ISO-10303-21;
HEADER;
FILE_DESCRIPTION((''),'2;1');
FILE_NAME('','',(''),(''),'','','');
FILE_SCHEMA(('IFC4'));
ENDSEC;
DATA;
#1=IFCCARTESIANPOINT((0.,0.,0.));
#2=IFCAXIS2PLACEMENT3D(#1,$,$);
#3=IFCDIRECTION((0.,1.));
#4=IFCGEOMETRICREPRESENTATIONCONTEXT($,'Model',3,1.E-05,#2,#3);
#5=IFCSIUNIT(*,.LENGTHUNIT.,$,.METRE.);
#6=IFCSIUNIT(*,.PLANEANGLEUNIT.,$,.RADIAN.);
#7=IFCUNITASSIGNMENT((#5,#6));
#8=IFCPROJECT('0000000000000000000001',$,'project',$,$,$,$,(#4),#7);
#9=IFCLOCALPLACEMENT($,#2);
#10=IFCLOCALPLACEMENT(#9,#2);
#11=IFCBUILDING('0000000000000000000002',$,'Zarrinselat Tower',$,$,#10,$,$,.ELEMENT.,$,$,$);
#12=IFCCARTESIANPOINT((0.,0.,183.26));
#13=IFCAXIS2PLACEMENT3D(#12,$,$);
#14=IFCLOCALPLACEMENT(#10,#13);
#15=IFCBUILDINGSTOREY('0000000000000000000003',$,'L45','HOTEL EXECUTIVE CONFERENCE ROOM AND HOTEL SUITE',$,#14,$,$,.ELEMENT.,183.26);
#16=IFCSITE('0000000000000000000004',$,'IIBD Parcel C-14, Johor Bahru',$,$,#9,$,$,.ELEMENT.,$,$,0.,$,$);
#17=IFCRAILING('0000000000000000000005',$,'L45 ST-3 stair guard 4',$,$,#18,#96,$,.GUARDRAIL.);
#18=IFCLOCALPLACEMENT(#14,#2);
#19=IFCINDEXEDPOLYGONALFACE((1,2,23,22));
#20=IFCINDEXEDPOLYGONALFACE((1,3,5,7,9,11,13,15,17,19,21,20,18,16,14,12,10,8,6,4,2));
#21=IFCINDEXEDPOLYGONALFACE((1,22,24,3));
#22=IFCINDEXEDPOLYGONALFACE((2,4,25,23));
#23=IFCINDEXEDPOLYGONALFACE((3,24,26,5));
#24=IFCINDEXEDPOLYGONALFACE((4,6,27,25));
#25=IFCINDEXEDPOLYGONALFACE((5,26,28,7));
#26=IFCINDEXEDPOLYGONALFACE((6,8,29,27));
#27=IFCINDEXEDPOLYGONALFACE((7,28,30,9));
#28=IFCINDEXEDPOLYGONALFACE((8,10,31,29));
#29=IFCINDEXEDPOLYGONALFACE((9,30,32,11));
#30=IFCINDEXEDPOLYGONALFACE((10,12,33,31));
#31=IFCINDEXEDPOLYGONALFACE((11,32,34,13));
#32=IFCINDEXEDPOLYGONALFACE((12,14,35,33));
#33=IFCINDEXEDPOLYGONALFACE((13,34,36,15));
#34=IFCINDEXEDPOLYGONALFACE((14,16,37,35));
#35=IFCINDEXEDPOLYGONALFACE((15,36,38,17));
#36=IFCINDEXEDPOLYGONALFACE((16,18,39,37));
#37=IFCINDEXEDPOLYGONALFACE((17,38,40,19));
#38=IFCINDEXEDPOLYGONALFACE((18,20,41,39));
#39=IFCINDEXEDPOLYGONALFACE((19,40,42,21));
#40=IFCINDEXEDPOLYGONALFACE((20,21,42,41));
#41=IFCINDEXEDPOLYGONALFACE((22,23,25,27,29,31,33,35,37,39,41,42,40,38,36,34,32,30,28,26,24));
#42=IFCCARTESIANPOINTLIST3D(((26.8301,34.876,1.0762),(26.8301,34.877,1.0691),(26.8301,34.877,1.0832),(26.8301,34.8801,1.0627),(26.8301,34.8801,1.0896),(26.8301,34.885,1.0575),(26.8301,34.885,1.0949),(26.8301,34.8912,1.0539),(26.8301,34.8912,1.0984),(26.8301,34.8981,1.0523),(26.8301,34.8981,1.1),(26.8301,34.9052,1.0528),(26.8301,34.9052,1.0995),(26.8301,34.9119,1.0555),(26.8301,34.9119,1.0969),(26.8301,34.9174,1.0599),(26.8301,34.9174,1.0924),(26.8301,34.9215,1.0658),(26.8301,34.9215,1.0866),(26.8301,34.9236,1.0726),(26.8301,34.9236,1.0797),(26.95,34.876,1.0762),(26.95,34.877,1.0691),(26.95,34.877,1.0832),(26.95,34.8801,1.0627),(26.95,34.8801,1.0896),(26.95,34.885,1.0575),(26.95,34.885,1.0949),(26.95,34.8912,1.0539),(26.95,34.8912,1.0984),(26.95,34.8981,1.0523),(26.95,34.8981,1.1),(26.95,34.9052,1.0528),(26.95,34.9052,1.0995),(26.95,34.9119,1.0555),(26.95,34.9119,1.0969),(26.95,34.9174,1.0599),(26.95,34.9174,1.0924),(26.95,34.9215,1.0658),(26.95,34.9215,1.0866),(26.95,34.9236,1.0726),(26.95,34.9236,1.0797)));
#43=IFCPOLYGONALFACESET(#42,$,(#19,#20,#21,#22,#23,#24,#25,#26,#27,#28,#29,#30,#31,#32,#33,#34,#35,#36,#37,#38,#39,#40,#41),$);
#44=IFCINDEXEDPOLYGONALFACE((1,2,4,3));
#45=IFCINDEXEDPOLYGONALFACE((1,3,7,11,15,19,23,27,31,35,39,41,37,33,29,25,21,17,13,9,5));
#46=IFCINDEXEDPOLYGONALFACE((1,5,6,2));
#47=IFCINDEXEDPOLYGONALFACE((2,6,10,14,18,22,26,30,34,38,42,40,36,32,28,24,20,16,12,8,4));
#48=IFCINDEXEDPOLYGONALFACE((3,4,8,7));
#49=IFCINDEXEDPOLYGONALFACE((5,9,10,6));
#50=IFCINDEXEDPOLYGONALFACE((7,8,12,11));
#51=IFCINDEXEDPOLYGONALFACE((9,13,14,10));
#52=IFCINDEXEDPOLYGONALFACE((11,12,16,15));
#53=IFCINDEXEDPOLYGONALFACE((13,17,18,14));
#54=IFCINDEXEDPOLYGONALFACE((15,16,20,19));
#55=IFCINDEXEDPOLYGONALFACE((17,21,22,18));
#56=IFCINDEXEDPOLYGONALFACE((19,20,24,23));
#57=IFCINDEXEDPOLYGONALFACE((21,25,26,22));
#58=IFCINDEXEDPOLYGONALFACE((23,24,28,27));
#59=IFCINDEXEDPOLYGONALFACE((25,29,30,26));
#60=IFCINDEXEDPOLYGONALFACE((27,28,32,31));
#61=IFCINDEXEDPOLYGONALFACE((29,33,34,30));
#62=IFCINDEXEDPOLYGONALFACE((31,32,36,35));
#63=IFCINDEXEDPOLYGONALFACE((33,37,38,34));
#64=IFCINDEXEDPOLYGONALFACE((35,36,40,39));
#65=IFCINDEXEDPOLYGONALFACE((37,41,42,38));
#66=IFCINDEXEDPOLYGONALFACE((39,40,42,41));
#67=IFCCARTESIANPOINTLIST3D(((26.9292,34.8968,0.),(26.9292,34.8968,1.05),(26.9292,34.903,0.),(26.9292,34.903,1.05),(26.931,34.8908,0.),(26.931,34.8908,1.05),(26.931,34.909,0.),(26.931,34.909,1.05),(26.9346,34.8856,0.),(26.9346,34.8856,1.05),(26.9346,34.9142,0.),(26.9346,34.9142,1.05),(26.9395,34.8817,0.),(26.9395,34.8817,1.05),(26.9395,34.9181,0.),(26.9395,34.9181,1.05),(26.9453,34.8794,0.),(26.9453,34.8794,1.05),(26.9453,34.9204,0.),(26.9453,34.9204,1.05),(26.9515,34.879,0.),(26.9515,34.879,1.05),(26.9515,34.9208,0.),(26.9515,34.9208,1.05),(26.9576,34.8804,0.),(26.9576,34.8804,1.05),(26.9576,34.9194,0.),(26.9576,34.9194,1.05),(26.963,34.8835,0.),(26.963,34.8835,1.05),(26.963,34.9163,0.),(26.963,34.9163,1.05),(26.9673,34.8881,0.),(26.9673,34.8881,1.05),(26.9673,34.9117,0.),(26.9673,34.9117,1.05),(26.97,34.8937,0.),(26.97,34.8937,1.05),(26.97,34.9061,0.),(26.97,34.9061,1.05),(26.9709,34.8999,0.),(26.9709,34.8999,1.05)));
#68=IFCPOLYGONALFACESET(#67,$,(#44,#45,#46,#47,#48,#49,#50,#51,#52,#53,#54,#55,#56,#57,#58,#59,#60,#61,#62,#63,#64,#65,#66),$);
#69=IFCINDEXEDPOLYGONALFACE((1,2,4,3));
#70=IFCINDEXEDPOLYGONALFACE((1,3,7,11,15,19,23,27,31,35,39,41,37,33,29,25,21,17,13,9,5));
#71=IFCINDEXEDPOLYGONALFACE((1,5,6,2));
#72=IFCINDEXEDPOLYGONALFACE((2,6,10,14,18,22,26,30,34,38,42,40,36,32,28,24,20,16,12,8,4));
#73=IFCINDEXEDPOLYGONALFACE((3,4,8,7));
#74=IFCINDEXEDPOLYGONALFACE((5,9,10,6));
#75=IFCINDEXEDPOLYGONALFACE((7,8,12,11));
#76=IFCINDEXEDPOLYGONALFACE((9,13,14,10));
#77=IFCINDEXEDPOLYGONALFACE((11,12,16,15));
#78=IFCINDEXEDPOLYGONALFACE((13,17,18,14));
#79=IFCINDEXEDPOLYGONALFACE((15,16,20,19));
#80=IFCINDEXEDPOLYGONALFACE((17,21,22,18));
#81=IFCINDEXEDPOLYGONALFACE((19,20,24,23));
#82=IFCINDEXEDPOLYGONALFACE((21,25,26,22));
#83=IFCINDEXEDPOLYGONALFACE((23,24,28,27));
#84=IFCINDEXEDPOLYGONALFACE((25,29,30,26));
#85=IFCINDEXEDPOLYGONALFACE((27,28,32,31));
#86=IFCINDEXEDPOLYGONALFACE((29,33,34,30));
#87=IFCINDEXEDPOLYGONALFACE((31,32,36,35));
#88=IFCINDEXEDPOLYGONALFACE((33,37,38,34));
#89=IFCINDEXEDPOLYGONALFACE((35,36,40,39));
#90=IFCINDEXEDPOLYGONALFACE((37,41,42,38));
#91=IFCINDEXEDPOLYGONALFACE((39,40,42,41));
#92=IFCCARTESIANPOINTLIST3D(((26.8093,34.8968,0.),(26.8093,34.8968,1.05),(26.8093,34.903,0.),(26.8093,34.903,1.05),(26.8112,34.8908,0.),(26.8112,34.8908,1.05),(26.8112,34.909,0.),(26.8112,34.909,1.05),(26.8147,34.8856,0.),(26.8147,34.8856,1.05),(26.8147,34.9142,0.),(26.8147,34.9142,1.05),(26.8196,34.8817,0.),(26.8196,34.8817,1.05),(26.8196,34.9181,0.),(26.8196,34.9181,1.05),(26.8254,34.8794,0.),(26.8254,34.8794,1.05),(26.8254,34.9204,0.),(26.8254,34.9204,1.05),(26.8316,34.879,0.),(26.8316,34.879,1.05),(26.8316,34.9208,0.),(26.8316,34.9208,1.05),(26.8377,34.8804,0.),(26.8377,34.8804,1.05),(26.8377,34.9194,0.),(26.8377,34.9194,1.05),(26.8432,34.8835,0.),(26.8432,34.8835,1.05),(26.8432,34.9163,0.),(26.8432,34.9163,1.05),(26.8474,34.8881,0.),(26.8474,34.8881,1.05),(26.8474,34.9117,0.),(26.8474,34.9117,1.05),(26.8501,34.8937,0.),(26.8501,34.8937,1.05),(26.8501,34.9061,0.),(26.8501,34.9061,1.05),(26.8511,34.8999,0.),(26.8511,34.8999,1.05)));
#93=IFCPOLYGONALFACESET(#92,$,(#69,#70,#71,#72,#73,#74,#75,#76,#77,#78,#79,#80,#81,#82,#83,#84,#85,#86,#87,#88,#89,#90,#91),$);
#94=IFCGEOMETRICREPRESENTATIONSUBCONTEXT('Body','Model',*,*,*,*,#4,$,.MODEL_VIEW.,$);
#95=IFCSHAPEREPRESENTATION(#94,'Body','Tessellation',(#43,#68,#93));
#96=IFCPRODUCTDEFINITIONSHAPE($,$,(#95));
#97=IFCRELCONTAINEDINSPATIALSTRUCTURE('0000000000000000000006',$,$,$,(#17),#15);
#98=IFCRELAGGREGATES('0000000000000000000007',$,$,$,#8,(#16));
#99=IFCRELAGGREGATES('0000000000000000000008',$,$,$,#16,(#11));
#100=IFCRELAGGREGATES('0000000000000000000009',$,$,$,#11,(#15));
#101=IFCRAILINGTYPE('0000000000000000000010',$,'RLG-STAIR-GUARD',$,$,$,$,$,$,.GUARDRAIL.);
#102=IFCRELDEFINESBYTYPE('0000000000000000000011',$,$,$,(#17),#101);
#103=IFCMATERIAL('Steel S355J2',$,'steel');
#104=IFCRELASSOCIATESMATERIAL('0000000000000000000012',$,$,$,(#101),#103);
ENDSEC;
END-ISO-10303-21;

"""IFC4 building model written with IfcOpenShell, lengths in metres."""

from ifc_helpers import new_model, si_unit, direction, frame, origin, origin_2d, place, context, subcontext, project, spatial, circle, extrude, material, type_object, element, save


model = new_model("IFC4")

# Units and contexts
model_context = context("Model", 3, precision=1e-05, world=origin(), true_north=direction((0.0, 1.0)))
body_context = subcontext(model_context, "Body", "Model", "MODEL_VIEW")
ifc_project = project(units=[si_unit("LENGTHUNIT", "METRE"), si_unit("PLANEANGLEUNIT", "RADIAN")], contexts=[model_context])

# Site, building, storey
site_placement = place(None, origin())
site = spatial("IfcSite", under=ifc_project, at=site_placement, Name="IIBD Parcel C-14, Johor Bahru", CompositionType="ELEMENT", RefElevation=0.0)
building_placement = place(site_placement, origin())
building = spatial("IfcBuilding", under=site, at=building_placement, Name="Zarrinselat Tower", CompositionType="ELEMENT")
storey_placement = place(building_placement, frame((0.0, 0.0, 183.26)))
storey = spatial("IfcBuildingStorey", under=building, at=storey_placement, Name="L45", Description="HOTEL EXECUTIVE CONFERENCE ROOM AND HOTEL SUITE", CompositionType="ELEMENT", Elevation=183.26)

# Railing
ifc_material_1 = material(Name="Steel S355J2", Category="steel")
railing_type_1 = type_object("IfcRailingType", Name="RLG-STAIR-GUARD", PredefinedType="GUARDRAIL", material=ifc_material_1)
railing_1_placement = place(storey_placement, frame((26.95, 34.8999, 0.0)))
element("IfcRailing", 1, at=railing_1_placement, inside=storey, type_object=railing_type_1, Name="L45 ST-3 stair guard 4", PredefinedType="GUARDRAIL", context=body_context, shape_type="SweptSolid", body=[
    extrude(circle(Radius=0.0239, at=origin_2d()), frame((0.0, 0.0, 1.0762), z_axis=(-1.0, 0.0, 0.0), x_axis=(0.0, -1.0, 0.0)), (0.0, 0.0, 1.0), 0.1199),
    extrude(circle(Radius=0.021, at=origin_2d()), origin(), (0.0, 0.0, 1.0), 1.05),
    extrude(circle(Radius=0.021, at=origin_2d()), frame((-0.1199, 0.0, 0.0)), (0.0, 0.0, 1.0), 1.05),
])

save(model, "model.ifc")
